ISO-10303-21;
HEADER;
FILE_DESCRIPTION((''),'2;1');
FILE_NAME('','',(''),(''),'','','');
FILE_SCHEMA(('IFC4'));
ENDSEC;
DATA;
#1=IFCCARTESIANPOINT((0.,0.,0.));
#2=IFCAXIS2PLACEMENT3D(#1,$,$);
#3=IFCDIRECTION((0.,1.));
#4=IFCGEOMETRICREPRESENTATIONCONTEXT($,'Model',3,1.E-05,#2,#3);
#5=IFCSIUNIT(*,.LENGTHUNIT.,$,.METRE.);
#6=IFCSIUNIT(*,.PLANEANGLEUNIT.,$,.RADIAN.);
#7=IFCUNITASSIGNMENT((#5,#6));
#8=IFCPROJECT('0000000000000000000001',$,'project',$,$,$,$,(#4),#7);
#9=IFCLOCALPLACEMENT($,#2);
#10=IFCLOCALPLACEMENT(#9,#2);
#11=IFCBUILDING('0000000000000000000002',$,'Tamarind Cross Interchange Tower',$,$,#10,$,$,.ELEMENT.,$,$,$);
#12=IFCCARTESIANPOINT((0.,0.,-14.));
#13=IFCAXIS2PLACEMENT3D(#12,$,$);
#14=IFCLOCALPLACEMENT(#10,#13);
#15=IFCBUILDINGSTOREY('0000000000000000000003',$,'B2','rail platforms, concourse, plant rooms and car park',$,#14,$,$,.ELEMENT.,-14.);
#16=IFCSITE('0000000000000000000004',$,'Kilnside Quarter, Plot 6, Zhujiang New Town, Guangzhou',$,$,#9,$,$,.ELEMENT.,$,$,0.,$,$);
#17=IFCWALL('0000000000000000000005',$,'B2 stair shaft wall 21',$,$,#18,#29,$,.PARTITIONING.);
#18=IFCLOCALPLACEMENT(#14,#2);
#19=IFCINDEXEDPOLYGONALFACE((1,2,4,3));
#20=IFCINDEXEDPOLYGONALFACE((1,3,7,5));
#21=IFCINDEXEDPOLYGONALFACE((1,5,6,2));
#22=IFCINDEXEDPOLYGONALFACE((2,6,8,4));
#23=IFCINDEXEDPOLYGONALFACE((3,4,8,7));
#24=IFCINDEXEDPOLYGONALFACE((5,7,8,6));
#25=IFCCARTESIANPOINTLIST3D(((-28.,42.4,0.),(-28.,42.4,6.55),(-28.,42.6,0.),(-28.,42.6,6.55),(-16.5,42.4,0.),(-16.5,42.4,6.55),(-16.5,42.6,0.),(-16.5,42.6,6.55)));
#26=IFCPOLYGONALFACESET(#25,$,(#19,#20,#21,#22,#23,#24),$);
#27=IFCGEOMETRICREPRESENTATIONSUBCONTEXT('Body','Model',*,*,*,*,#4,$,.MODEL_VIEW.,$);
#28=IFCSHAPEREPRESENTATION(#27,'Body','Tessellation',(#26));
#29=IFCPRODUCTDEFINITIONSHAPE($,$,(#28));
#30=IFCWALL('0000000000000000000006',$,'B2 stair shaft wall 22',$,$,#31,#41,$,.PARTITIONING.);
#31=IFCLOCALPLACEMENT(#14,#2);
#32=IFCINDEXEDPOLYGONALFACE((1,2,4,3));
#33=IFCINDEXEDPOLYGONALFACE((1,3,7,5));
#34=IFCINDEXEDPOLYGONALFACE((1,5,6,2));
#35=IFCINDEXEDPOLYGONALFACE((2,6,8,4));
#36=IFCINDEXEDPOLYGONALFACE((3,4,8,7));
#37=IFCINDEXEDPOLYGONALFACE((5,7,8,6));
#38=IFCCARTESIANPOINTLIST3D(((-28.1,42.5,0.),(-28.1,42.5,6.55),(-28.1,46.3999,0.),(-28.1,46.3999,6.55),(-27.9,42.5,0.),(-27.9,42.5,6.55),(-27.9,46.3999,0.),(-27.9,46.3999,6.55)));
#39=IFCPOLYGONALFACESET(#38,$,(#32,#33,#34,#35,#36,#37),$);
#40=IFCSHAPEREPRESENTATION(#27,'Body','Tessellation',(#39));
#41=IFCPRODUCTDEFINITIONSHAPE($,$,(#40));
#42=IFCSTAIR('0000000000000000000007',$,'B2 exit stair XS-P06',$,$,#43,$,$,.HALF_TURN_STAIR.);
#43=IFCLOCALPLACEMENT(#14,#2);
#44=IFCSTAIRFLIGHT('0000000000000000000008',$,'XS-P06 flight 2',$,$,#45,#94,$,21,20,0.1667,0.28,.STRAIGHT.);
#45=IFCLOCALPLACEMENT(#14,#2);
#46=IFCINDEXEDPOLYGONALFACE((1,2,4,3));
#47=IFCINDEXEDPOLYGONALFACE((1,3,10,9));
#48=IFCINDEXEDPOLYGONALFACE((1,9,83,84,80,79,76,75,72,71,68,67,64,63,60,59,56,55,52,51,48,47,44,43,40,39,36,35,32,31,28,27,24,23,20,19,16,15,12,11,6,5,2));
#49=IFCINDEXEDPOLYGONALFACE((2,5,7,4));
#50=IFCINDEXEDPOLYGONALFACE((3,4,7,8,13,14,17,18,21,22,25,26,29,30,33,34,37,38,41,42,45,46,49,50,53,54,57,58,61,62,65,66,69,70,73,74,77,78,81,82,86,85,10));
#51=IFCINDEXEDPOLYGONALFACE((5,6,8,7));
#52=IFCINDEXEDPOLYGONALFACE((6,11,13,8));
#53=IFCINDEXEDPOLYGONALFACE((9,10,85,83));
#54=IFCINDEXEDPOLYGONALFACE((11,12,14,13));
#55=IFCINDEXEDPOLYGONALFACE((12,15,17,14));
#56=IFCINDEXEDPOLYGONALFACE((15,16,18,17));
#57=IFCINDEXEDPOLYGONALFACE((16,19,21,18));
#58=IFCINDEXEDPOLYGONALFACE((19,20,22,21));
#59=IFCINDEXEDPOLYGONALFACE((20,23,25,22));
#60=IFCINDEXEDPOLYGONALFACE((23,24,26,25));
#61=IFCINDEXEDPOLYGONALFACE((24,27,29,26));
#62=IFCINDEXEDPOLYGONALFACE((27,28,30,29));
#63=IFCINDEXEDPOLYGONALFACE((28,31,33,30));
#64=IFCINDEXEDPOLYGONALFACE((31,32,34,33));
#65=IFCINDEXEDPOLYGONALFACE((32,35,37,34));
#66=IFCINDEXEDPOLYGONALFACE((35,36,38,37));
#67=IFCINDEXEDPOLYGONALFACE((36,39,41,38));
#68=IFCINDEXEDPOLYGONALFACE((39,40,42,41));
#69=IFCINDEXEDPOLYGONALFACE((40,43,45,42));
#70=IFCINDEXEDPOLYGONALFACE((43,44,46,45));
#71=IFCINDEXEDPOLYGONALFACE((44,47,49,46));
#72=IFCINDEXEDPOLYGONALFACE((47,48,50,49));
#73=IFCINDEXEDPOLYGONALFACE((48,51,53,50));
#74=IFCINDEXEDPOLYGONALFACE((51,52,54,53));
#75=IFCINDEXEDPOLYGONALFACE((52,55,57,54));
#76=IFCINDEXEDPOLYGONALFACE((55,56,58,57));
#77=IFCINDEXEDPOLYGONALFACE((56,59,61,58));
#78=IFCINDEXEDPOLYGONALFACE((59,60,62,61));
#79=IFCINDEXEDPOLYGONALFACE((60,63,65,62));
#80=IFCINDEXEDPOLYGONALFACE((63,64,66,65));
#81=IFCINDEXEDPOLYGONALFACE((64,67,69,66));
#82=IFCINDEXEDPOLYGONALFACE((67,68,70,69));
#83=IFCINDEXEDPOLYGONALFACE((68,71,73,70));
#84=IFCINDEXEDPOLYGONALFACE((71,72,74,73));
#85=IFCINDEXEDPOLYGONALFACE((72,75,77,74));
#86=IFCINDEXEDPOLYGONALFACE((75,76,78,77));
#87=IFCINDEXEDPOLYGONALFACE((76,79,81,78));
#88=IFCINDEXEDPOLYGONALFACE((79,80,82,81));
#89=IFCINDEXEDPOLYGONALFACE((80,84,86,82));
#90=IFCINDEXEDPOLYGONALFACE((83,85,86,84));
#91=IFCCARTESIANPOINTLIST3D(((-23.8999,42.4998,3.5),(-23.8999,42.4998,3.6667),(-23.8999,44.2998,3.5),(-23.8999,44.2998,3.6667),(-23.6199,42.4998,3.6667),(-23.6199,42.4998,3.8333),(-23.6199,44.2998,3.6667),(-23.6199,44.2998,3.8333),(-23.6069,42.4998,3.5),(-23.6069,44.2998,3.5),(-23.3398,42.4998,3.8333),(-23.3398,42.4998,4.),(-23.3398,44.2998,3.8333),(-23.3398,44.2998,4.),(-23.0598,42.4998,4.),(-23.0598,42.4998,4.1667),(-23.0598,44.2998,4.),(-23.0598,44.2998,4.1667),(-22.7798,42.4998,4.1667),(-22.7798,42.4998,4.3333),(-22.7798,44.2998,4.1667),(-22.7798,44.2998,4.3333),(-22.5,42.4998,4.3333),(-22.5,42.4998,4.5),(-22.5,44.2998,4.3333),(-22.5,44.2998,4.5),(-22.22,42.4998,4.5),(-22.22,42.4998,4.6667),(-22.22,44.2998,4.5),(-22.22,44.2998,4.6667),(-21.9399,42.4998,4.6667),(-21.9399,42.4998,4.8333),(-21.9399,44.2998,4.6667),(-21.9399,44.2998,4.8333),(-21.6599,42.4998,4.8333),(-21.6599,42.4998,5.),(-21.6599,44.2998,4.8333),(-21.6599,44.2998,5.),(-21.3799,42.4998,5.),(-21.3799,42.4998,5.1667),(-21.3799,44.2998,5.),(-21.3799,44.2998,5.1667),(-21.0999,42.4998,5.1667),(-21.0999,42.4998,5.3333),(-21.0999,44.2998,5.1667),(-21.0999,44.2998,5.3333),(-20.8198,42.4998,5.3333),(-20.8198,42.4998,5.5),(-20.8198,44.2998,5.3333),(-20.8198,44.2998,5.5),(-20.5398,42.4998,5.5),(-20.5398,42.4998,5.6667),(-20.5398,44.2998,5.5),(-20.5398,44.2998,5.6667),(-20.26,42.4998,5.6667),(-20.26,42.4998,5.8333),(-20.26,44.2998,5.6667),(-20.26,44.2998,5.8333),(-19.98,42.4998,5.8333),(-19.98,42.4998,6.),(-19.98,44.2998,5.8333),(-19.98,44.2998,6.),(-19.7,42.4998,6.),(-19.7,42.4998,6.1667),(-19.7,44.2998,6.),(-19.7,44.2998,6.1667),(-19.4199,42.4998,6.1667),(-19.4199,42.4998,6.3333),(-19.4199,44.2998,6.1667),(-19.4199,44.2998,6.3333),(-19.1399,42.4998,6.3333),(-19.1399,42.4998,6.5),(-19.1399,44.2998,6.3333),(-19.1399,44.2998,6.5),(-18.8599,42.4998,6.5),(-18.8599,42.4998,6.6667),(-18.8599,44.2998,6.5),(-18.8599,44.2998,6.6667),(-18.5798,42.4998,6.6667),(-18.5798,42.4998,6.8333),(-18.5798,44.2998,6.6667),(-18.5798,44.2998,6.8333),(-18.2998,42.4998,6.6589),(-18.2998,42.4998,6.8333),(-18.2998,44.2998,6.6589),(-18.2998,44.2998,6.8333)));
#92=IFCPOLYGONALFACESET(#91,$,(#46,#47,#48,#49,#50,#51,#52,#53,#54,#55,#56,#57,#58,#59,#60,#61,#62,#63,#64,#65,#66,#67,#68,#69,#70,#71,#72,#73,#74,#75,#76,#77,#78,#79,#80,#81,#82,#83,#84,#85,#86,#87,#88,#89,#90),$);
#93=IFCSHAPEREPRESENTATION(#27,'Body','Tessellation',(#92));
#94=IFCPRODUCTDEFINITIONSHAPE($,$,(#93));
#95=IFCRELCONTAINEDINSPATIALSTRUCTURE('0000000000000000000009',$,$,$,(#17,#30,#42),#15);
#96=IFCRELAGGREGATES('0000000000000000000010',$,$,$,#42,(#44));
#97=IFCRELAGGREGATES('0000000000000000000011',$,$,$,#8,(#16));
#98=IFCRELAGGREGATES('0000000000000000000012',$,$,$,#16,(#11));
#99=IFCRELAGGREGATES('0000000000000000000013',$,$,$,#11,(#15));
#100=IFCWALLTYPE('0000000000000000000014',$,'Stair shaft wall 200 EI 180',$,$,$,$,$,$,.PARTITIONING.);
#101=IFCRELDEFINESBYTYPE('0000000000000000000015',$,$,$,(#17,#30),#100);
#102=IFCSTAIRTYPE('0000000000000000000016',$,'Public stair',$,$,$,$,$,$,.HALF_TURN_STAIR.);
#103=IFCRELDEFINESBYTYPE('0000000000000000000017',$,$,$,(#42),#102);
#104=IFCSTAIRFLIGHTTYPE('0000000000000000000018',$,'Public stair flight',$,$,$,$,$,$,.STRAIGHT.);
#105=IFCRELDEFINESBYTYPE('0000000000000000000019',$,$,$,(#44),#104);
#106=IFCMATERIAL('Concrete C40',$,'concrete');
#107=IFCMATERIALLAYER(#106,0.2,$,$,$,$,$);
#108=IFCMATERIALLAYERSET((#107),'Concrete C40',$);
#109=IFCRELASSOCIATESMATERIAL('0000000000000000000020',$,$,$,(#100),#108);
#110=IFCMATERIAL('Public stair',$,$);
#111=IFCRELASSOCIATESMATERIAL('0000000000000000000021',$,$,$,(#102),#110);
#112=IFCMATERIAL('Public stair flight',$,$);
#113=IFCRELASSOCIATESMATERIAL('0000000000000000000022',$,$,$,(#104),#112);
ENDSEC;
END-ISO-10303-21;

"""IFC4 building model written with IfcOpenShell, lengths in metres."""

from ifc_helpers import new_model, si_unit, direction, frame, frame_2d, origin, place, context, subcontext, project, spatial, polyline, rectangle, outline, extrude, material, layer, layer_set, type_object, element, aggregate, save


model = new_model("IFC4")

# Units and contexts
model_context = context("Model", 3, precision=1e-05, world=origin(), true_north=direction((0.0, 1.0)))
body_context = subcontext(model_context, "Body", "Model", "MODEL_VIEW")
ifc_project = project(units=[si_unit("LENGTHUNIT", "METRE"), si_unit("PLANEANGLEUNIT", "RADIAN")], contexts=[model_context])

# Site, building, storey
site_placement = place(None, origin())
site = spatial("IfcSite", under=ifc_project, at=site_placement, Name="Kilnside Quarter, Plot 6, Zhujiang New Town, Guangzhou", CompositionType="ELEMENT", RefElevation=0.0)
building_placement = place(site_placement, origin())
building = spatial("IfcBuilding", under=site, at=building_placement, Name="Tamarind Cross Interchange Tower", CompositionType="ELEMENT")
storey_placement = place(building_placement, frame((0.0, 0.0, -14.0)))
storey = spatial("IfcBuildingStorey", under=building, at=storey_placement, Name="B2", Description="rail platforms, concourse, plant rooms and car park", CompositionType="ELEMENT", Elevation=-14.0)

# Shared definitions
ifc_material_1 = material(Name="Concrete C40", Category="concrete")
ifc_layer_1 = layer(ifc_material_1, 0.2)
ifc_layer_set_1 = layer_set([ifc_layer_1], Name="Concrete C40")
wall_type_1 = type_object("IfcWallType", Name="Stair shaft wall 200 EI 180", PredefinedType="PARTITIONING", material=ifc_layer_set_1)

# Walls
wall_1_placement = place(storey_placement, frame((-28.0, 42.5, 0.0), z_axis=(0.0, 0.0, 1.0), x_axis=(1.0, 0.0, 0.0)))
element("IfcWall", 1, at=wall_1_placement, inside=storey, type_object=wall_type_1, Name="B2 stair shaft wall 21", PredefinedType="PARTITIONING", context=body_context, shape_type="SweptSolid", body=[
    extrude(rectangle(XDim=11.5, YDim=0.2, at=frame_2d((5.75, 0.0))), origin(), (0.0, 0.0, 1.0), 6.55),
])
wall_2_placement = place(storey_placement, frame((-28.0, 42.5, 0.0), z_axis=(0.0, 0.0, 1.0), x_axis=(0.0, 1.0, 0.0)))
element("IfcWall", 2, at=wall_2_placement, inside=storey, type_object=wall_type_1, Name="B2 stair shaft wall 22", PredefinedType="PARTITIONING", context=body_context, shape_type="SweptSolid", body=[
    extrude(rectangle(XDim=3.8999, YDim=0.2, at=frame_2d((1.95, 0.0))), origin(), (0.0, 0.0, 1.0), 6.55),
])

# Stair, stair flight
ifc_material_2 = material(Name="Public stair")
stair_type = type_object("IfcStairType", Name="Public stair", PredefinedType="HALF_TURN_STAIR", material=ifc_material_2)
stair_placement = place(storey_placement, origin())
stair = element("IfcStair", 3, at=stair_placement, inside=storey, type_object=stair_type, Name="B2 exit stair XS-P06", PredefinedType="HALF_TURN_STAIR")
ifc_material_3 = material(Name="Public stair flight")
stair_flight_type = type_object("IfcStairFlightType", Name="Public stair flight", PredefinedType="STRAIGHT", material=ifc_material_3)
stair_flight_placement = place(storey_placement, frame((-23.8999, 43.3999, 3.5), z_axis=(0.0, 0.0, 1.0), x_axis=(1.0, 0.0, 0.0)))
stair_flight = element("IfcStairFlight", 4, at=stair_flight_placement, type_object=stair_flight_type, Name="XS-P06 flight 2", NumberOfRisers=21, NumberOfTreads=20, PredefinedType="STRAIGHT", RiserHeight=0.1667, TreadLength=0.28, context=body_context, shape_type="SweptSolid", body=[
    extrude(outline(polyline([(0.0, 0.0), (0.0, 0.1667), (0.28, 0.1667), (0.28, 0.3333), (0.5601, 0.3333), (0.5601, 0.5), (0.8401, 0.5), (0.8401, 0.6667), (1.1201, 0.6667), (1.1201, 0.8333), (1.3999, 0.8333), (1.3999, 1.0), (1.6799, 1.0), (1.6799, 1.1667), (1.96, 1.1667), (1.96, 1.3333), (2.24, 1.3333), (2.24, 1.5), (2.52, 1.5), (2.52, 1.6667), (2.8, 1.6667), (2.8, 1.8333), (3.0801, 1.8333), (3.0801, 2.0), (3.3601, 2.0), (3.3601, 2.1667), (3.6399, 2.1667), (3.6399, 2.3333), (3.9199, 2.3333), (3.9199, 2.5), (4.2, 2.5), (4.2, 2.6667), (4.48, 2.6667), (4.48, 2.8333), (4.76, 2.8333), (4.76, 3.0), (5.04, 3.0), (5.04, 3.1667), (5.3201, 3.1667), (5.3201, 3.3333), (5.6001, 3.3333), (5.6001, 3.5), (5.6001, 3.1589), (0.293, 0.0), (0.0, 0.0)])), frame((0.0, 0.8999, 0.0), z_axis=(0.0, -1.0, 0.0), x_axis=(1.0, 0.0, 0.0)), (0.0, 0.0, 1.0), 1.8),
])
aggregate(stair, [stair_flight])

save(model, "model.ifc")
